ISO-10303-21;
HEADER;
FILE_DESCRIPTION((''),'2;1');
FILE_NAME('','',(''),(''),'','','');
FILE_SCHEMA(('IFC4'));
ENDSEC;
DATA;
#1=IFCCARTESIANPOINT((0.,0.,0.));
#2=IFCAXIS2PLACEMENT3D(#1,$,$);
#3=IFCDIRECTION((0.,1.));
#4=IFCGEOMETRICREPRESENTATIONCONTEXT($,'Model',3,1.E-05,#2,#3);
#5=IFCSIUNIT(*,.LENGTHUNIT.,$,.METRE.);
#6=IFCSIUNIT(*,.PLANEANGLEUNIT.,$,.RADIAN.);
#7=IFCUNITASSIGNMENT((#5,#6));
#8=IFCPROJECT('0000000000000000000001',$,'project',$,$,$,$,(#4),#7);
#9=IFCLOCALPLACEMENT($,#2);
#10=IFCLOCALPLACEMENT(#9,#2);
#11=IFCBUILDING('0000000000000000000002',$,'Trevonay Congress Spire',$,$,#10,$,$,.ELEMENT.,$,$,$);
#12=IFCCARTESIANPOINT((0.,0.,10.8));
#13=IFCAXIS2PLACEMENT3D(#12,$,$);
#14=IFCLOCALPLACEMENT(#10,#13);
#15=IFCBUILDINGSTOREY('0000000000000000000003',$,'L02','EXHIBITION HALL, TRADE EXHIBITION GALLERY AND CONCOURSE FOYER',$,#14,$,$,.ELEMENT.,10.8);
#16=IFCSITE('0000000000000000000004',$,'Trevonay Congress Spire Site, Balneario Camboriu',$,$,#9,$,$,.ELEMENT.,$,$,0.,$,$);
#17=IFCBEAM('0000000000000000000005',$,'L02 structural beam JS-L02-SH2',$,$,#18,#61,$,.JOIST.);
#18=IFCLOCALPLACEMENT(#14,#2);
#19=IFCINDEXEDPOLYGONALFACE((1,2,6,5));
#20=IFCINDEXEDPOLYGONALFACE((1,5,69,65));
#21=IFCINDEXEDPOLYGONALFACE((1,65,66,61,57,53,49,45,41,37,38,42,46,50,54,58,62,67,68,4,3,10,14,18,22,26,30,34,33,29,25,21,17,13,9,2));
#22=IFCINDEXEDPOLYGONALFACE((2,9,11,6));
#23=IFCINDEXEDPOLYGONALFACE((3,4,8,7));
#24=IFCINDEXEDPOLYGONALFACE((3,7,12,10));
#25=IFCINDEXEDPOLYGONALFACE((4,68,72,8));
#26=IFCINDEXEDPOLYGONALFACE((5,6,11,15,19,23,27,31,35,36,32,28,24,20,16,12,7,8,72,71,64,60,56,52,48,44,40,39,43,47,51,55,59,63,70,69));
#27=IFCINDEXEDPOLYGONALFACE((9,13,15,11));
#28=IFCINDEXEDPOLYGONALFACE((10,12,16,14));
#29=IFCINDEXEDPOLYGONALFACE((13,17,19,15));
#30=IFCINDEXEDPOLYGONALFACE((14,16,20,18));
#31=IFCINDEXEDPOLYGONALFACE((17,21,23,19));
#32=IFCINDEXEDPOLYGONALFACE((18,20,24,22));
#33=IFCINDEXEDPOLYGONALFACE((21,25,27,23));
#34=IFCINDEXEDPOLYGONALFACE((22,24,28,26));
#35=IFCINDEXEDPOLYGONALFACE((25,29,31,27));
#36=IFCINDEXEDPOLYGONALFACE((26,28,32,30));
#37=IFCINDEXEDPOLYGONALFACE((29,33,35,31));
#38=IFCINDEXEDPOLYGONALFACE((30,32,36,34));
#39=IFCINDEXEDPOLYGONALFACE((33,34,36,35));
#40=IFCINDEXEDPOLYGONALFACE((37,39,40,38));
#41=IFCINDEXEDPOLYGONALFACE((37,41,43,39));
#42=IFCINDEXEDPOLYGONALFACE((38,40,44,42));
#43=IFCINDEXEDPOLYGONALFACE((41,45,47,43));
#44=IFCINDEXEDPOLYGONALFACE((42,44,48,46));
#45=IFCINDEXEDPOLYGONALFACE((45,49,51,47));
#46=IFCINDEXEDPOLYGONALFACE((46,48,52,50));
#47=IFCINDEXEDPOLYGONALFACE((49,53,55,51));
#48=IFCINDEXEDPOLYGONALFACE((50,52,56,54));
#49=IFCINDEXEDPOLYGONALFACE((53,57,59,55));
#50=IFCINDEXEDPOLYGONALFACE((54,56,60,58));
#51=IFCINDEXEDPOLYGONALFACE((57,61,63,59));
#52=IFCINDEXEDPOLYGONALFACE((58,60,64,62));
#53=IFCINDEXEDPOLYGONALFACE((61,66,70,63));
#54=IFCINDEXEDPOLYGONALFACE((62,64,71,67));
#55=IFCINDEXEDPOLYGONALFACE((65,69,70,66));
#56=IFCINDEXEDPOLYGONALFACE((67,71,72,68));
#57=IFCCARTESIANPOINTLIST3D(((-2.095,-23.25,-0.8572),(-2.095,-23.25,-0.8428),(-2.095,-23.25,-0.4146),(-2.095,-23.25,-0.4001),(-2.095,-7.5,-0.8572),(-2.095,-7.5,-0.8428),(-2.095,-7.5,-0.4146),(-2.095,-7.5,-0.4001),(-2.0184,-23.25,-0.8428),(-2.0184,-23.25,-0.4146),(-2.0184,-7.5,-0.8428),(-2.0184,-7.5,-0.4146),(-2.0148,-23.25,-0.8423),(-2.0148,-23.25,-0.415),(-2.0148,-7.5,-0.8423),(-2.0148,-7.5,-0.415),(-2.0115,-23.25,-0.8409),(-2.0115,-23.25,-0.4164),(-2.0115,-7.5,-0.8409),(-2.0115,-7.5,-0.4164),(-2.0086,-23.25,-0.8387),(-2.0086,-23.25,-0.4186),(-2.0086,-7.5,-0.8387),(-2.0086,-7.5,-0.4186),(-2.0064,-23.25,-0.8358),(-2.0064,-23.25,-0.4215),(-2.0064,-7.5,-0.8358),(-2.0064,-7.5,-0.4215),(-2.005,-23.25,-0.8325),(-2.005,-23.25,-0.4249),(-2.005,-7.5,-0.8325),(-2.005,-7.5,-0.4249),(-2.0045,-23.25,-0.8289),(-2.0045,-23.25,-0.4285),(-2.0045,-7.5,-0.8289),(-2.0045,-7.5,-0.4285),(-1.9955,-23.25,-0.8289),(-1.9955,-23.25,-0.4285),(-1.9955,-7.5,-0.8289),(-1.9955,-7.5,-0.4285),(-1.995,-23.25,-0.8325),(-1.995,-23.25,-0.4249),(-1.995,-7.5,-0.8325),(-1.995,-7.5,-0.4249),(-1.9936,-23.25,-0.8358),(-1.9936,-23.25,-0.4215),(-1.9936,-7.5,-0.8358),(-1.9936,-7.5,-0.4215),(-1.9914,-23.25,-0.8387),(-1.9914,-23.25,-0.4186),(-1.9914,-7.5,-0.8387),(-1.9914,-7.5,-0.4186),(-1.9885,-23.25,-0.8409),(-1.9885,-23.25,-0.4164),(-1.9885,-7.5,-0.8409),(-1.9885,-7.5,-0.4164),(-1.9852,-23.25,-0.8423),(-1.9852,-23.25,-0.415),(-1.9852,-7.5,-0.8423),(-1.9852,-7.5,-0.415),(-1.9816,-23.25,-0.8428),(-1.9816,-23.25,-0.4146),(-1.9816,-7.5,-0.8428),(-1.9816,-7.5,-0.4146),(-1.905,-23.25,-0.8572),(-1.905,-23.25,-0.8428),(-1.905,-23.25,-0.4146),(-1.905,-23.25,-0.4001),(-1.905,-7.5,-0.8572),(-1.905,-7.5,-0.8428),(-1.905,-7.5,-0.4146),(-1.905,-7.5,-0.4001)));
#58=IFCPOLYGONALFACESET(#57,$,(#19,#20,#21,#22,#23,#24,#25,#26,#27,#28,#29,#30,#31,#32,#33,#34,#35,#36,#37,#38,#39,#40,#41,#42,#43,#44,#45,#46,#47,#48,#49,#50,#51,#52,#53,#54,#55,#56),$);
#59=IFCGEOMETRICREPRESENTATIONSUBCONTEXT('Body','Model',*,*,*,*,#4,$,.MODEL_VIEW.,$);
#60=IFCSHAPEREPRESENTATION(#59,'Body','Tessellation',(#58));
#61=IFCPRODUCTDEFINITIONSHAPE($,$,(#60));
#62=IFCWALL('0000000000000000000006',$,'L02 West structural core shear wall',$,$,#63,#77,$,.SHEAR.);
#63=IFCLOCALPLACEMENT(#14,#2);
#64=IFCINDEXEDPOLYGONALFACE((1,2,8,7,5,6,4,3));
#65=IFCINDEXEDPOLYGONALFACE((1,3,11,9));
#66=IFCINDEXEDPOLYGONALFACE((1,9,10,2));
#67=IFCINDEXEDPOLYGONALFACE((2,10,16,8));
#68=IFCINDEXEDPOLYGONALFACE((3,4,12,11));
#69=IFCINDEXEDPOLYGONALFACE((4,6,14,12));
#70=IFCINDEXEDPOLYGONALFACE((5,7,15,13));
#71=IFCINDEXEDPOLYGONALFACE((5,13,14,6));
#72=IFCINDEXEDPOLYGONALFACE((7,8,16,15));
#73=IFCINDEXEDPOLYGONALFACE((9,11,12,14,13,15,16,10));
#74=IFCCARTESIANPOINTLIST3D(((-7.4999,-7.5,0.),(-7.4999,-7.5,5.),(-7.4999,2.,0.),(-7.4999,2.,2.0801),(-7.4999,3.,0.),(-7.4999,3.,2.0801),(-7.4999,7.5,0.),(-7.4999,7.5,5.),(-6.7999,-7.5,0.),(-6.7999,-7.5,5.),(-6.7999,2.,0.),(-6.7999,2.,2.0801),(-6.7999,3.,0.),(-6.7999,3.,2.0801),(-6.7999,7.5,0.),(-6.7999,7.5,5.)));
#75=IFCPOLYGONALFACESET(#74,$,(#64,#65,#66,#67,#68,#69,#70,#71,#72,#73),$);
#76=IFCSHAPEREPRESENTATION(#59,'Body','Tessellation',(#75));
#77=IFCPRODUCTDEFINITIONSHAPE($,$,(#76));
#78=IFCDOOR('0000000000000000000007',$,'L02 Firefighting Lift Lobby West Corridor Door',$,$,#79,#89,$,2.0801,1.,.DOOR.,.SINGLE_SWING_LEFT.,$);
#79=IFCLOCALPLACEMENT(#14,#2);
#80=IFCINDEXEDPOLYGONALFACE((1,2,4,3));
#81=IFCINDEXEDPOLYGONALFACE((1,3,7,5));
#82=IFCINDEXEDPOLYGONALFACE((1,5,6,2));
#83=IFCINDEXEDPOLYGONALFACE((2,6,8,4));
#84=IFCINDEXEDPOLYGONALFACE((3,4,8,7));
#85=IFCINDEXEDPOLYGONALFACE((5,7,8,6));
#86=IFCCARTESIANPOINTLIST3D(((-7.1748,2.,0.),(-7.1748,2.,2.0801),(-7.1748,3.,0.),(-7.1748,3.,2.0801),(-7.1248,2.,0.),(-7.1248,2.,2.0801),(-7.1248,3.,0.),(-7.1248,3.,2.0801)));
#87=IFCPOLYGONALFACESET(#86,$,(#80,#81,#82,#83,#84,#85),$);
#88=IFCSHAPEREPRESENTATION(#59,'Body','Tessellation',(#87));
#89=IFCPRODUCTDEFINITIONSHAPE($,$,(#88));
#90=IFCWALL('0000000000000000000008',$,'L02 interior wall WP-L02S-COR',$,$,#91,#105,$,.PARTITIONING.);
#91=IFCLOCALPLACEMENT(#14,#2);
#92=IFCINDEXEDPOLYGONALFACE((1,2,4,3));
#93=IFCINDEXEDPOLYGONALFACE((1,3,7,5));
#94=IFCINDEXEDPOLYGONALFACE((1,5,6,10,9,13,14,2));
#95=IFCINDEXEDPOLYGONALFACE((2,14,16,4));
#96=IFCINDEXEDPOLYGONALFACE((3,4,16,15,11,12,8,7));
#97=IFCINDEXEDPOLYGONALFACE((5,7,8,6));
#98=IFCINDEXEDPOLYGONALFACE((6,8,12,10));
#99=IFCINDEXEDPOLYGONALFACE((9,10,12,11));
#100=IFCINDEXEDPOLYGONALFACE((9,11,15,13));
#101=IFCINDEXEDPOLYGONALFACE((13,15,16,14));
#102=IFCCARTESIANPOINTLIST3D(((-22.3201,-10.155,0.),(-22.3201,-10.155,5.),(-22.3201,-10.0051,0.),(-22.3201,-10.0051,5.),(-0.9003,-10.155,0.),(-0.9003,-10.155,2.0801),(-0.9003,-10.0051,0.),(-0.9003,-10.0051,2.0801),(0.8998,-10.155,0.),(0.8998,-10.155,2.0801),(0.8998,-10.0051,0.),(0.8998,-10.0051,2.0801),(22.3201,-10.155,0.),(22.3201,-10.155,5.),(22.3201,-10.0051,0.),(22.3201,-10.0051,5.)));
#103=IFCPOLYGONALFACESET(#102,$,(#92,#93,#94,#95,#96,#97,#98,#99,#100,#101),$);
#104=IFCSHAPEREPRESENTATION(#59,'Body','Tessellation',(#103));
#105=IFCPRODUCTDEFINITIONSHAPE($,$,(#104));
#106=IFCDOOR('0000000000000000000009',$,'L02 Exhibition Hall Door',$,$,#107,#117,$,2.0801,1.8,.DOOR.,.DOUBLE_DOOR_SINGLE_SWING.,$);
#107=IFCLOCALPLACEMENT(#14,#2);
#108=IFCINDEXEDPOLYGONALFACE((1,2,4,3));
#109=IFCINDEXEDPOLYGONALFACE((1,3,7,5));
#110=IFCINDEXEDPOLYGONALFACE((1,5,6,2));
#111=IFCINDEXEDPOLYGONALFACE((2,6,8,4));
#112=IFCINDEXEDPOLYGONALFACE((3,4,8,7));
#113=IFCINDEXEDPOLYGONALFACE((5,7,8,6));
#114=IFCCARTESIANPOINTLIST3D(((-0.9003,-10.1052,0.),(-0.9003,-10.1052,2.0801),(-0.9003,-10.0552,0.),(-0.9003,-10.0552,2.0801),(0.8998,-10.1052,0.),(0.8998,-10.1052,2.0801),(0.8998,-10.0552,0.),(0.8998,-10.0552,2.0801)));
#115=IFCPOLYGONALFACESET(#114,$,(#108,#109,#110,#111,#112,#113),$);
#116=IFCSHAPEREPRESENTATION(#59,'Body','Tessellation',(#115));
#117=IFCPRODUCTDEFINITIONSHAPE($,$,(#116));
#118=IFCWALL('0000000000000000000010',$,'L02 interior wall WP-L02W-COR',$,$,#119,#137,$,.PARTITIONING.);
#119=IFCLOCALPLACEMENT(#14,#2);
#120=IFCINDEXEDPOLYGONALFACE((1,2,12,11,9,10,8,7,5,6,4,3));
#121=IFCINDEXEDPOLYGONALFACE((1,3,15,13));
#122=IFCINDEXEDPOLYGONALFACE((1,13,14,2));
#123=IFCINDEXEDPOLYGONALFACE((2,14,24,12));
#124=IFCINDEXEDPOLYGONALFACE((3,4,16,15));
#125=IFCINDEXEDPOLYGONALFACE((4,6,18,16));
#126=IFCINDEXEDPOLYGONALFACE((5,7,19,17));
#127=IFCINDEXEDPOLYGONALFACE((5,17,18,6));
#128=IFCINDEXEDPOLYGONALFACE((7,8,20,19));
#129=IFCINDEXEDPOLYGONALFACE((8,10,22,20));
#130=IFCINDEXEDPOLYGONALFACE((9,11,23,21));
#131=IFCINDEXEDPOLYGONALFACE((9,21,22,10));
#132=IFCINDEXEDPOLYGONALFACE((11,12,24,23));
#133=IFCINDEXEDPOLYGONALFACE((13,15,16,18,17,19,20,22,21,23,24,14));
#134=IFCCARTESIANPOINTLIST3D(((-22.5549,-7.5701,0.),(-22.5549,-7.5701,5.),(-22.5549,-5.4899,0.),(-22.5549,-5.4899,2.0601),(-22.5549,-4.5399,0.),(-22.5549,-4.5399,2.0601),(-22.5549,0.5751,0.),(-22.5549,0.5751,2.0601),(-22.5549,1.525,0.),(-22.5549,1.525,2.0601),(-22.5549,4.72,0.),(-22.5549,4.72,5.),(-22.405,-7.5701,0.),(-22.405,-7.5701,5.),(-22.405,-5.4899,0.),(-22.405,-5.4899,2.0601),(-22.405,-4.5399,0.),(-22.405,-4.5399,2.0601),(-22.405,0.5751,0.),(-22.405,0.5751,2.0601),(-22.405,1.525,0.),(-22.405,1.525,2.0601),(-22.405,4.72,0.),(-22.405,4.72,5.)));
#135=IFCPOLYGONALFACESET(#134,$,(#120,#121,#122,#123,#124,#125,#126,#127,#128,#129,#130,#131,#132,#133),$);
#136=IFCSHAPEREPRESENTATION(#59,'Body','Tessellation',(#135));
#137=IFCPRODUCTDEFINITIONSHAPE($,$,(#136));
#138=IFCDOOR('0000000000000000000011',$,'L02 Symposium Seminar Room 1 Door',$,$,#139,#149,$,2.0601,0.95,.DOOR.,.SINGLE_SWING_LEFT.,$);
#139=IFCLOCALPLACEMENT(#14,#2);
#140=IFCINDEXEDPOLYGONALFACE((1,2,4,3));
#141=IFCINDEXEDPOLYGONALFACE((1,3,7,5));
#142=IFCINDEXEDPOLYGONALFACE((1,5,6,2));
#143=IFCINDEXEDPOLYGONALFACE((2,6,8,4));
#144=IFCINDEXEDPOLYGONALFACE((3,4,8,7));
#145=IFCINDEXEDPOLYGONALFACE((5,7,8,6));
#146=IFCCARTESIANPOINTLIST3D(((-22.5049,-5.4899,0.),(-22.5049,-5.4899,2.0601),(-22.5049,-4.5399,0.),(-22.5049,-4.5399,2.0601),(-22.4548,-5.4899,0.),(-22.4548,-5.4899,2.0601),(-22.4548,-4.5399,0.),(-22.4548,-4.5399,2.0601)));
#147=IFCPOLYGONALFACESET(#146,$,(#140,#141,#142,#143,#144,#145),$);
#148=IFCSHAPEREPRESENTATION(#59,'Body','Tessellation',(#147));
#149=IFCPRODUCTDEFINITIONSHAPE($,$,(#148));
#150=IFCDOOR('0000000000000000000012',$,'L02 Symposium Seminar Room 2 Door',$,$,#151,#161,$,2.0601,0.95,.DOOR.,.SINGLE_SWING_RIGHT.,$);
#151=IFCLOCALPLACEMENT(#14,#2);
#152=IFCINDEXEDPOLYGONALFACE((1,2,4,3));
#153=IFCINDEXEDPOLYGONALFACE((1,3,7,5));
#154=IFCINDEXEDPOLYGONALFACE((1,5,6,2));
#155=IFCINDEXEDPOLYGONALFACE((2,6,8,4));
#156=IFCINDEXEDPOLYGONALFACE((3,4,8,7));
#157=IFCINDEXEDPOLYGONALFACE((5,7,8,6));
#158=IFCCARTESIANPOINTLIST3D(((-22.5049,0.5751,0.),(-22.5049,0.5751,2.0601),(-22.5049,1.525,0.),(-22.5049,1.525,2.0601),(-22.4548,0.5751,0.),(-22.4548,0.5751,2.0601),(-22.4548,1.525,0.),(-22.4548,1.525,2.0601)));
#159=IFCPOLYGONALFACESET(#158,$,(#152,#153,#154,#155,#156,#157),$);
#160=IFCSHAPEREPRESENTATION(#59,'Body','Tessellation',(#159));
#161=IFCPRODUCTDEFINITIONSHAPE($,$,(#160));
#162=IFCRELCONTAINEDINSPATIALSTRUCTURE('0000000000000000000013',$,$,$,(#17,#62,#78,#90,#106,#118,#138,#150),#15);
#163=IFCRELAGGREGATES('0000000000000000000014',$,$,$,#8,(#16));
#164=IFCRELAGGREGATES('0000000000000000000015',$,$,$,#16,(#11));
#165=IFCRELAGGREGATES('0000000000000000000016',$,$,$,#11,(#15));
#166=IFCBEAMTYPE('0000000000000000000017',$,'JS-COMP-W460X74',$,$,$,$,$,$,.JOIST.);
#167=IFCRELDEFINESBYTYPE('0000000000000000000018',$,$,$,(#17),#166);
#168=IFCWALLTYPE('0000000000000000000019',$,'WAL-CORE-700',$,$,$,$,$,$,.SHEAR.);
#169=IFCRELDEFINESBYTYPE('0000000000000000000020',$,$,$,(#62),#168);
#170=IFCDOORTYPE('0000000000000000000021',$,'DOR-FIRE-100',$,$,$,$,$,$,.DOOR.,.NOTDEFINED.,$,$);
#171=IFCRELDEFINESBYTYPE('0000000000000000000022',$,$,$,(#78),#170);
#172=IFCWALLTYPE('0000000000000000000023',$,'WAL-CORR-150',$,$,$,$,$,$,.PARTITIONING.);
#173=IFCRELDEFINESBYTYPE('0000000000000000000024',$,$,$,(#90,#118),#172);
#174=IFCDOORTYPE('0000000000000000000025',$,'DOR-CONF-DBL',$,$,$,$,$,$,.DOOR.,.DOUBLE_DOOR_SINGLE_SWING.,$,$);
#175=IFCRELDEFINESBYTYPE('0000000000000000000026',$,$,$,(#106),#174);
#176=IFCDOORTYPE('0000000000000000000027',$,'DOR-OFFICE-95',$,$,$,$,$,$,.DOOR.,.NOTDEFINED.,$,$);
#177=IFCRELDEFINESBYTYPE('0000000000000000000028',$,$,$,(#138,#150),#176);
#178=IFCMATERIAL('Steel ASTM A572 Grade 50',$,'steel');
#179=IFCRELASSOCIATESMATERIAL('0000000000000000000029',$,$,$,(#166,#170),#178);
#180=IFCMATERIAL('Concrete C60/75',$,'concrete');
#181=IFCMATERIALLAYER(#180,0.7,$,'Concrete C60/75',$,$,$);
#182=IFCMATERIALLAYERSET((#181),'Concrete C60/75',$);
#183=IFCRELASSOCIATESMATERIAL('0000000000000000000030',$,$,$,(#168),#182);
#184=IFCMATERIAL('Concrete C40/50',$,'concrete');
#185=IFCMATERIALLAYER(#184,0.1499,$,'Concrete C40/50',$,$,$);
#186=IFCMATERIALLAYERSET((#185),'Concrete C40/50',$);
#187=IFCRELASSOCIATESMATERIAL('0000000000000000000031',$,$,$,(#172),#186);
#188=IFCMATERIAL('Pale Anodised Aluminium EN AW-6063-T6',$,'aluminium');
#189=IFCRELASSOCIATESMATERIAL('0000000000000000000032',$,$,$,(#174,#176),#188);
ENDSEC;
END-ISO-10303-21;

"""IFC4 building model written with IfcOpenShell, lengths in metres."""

from ifc_helpers import new_model, si_unit, direction, frame, frame_2d, origin, origin_2d, place, context, subcontext, project, spatial, rectangle, i_section, extrude, material, layer, layer_set, material_profile, profile_set, type_object, element, fill, save


model = new_model("IFC4")

# Units and contexts
model_context = context("Model", 3, precision=1e-05, world=origin(), true_north=direction((0.0, 1.0)))
body_context = subcontext(model_context, "Body", "Model", "MODEL_VIEW")
ifc_project = project(units=[si_unit("LENGTHUNIT", "METRE"), si_unit("PLANEANGLEUNIT", "RADIAN")], contexts=[model_context])

# Site, building, storey
site_placement = place(None, origin())
site = spatial("IfcSite", under=ifc_project, at=site_placement, Name="Trevonay Congress Spire Site, Balneario Camboriu", CompositionType="ELEMENT", RefElevation=0.0)
building_placement = place(site_placement, origin())
building = spatial("IfcBuilding", under=site, at=building_placement, Name="Trevonay Congress Spire", CompositionType="ELEMENT")
storey_placement = place(building_placement, frame((0.0, 0.0, 10.8)))
storey = spatial("IfcBuildingStorey", under=building, at=storey_placement, Name="L02", Description="EXHIBITION HALL, TRADE EXHIBITION GALLERY AND CONCOURSE FOYER", CompositionType="ELEMENT", Elevation=10.8)

# Shared definitions
ifc_material_1 = material(Name="Steel ASTM A572 Grade 50", Category="steel")

# Beam
ifc_material_profile_1 = material_profile(ifc_material_1, i_section(OverallWidth=0.1899, OverallDepth=0.457, WebThickness=0.009, FlangeThickness=0.0144, FilletRadius=0.0139, at=origin_2d()), Name="W460x74")
ifc_profile_set_1 = profile_set([ifc_material_profile_1], Name="Steel ASTM A572 Grade 50")
beam_type_1 = type_object("IfcBeamType", Name="JS-COMP-W460X74", PredefinedType="JOIST", material=ifc_profile_set_1)
for number, where, z_axis, x_axis, name in (
    (1, (-2.0, -23.25, -0.6287), (0.0, 1.0, 0.0), (-1.0, 0.0, 0.0), "L02 structural beam JS-L02-SH2"),
):
    element("IfcBeam", number, at=place(storey_placement, frame(where, z_axis=z_axis, x_axis=x_axis)), inside=storey, type_object=beam_type_1, Name=name, PredefinedType="JOIST", context=body_context, shape_type="SweptSolid", body=[
        extrude(i_section(OverallWidth=0.1899, OverallDepth=0.457, WebThickness=0.009, FlangeThickness=0.0144, FilletRadius=0.0139, at=origin_2d()), origin(), (0.0, 0.0, 1.0), 15.75),
    ])

# Walls, openings, doors
ifc_material_2 = material(Name="Concrete C60/75", Category="concrete")
ifc_layer_1 = layer(ifc_material_2, 0.7, Name="Concrete C60/75")
ifc_layer_set_1 = layer_set([ifc_layer_1], Name="Concrete C60/75")
wall_type_1 = type_object("IfcWallType", Name="WAL-CORE-700", PredefinedType="SHEAR", material=ifc_layer_set_1)
wall_1_placement = place(storey_placement, frame((-7.1499, -7.5, 0.0), z_axis=(0.0, 0.0, 1.0), x_axis=(0.0, 1.0, 0.0)))
wall_1 = element("IfcWall", 2, at=wall_1_placement, inside=storey, type_object=wall_type_1, Name="L02 West structural core shear wall", PredefinedType="SHEAR", context=body_context, shape_type="SweptSolid", body=[
    extrude(rectangle(XDim=15.0, YDim=0.7, at=frame_2d((7.5, 0.0))), origin(), (0.0, 0.0, 1.0), 5.0),
])
opening_1_placement = place(wall_1_placement, frame((9.5, 0.0, 0.0)))
opening_1 = element("IfcOpeningElement", 3, at=opening_1_placement, cuts=wall_1, PredefinedType="OPENING", context=body_context, shape_type="SweptSolid", body=[
    extrude(rectangle(XDim=1.0, YDim=2.0801, at=frame_2d((0.5, 1.04))), frame((0.0, 0.3599, 0.0), z_axis=(0.0, -1.0, 0.0), x_axis=(1.0, 0.0, 0.0)), (0.0, 0.0, 1.0), 0.72),
])
door_type_1 = type_object("IfcDoorType", Name="DOR-FIRE-100", OperationType="NOTDEFINED", PredefinedType="DOOR", material=ifc_material_1)
door_1_placement = place(opening_1_placement, origin())
door_1 = element("IfcDoor", 4, at=door_1_placement, inside=storey, type_object=door_type_1, Name="L02 Firefighting Lift Lobby West Corridor Door", OperationType="SINGLE_SWING_LEFT", OverallHeight=2.0801, OverallWidth=1.0, PredefinedType="DOOR", context=body_context, shape_type="SweptSolid", body=[
    extrude(rectangle(XDim=1.0, YDim=2.0801, at=frame_2d((0.5, 1.04))), frame((0.0, 0.0249, 0.0), z_axis=(0.0, -1.0, 0.0), x_axis=(1.0, 0.0, 0.0)), (0.0, 0.0, 1.0), 0.05),
])
fill(opening_1, door_1)
ifc_material_3 = material(Name="Concrete C40/50", Category="concrete")
ifc_layer_2 = layer(ifc_material_3, 0.1499, Name="Concrete C40/50")
ifc_layer_set_2 = layer_set([ifc_layer_2], Name="Concrete C40/50")
wall_type_2 = type_object("IfcWallType", Name="WAL-CORR-150", PredefinedType="PARTITIONING", material=ifc_layer_set_2)
wall_2_placement = place(storey_placement, frame((-22.3201, -10.0801, 0.0), z_axis=(0.0, 0.0, 1.0), x_axis=(1.0, 0.0, 0.0)))
wall_2 = element("IfcWall", 5, at=wall_2_placement, inside=storey, type_object=wall_type_2, Name="L02 interior wall WP-L02S-COR", PredefinedType="PARTITIONING", context=body_context, shape_type="SweptSolid", body=[
    extrude(rectangle(XDim=44.6401, YDim=0.1499, at=frame_2d((22.3201, 0.0))), origin(), (0.0, 0.0, 1.0), 5.0),
])
opening_2_placement = place(wall_2_placement, frame((21.4199, 0.0, 0.0)))
opening_2 = element("IfcOpeningElement", 6, at=opening_2_placement, cuts=wall_2, PredefinedType="OPENING", context=body_context, shape_type="SweptSolid", body=[
    extrude(rectangle(XDim=1.8, YDim=2.0801, at=frame_2d((0.8999, 1.04))), frame((0.0, 0.085, 0.0), z_axis=(0.0, -1.0, 0.0), x_axis=(1.0, 0.0, 0.0)), (0.0, 0.0, 1.0), 0.1699),
])
ifc_material_4 = material(Name="Pale Anodised Aluminium EN AW-6063-T6", Category="aluminium")
door_type_2 = type_object("IfcDoorType", Name="DOR-CONF-DBL", OperationType="DOUBLE_DOOR_SINGLE_SWING", PredefinedType="DOOR", material=ifc_material_4)
door_2_placement = place(opening_2_placement, origin())
door_2 = element("IfcDoor", 7, at=door_2_placement, inside=storey, type_object=door_type_2, Name="L02 Exhibition Hall Door", OperationType="DOUBLE_DOOR_SINGLE_SWING", OverallHeight=2.0801, OverallWidth=1.8, PredefinedType="DOOR", context=body_context, shape_type="SweptSolid", body=[
    extrude(rectangle(XDim=1.8, YDim=2.0801, at=frame_2d((0.8999, 1.04))), frame((0.0, 0.0249, 0.0), z_axis=(0.0, -1.0, 0.0), x_axis=(1.0, 0.0, 0.0)), (0.0, 0.0, 1.0), 0.05),
])
fill(opening_2, door_2)

# Wall, openings, doors
wall_3_placement = place(storey_placement, frame((-22.48, -7.5701, 0.0), z_axis=(0.0, 0.0, 1.0), x_axis=(0.0, 1.0, 0.0)))
wall_3 = element("IfcWall", 8, at=wall_3_placement, inside=storey, type_object=wall_type_2, Name="L02 interior wall WP-L02W-COR", PredefinedType="PARTITIONING", context=body_context, shape_type="SweptSolid", body=[
    extrude(rectangle(XDim=12.29, YDim=0.1499, at=frame_2d((6.145, 0.0))), origin(), (0.0, 0.0, 1.0), 5.0),
])
opening_3_placement = place(wall_3_placement, frame((2.0801, 0.0, 0.0)))
opening_3 = element("IfcOpeningElement", 9, at=opening_3_placement, cuts=wall_3, PredefinedType="OPENING", context=body_context, shape_type="SweptSolid", body=[
    extrude(rectangle(XDim=0.95, YDim=2.0601, at=frame_2d((0.4751, 1.03))), frame((0.0, 0.085, 0.0), z_axis=(0.0, -1.0, 0.0), x_axis=(1.0, 0.0, 0.0)), (0.0, 0.0, 1.0), 0.1699),
])
opening_4_placement = place(wall_3_placement, frame((8.145, 0.0, 0.0)))
opening_4 = element("IfcOpeningElement", 10, at=opening_4_placement, cuts=wall_3, PredefinedType="OPENING", context=body_context, shape_type="SweptSolid", body=[
    extrude(rectangle(XDim=0.95, YDim=2.0601, at=frame_2d((0.4751, 1.03))), frame((0.0, 0.085, 0.0), z_axis=(0.0, -1.0, 0.0), x_axis=(1.0, 0.0, 0.0)), (0.0, 0.0, 1.0), 0.1699),
])
door_type_3 = type_object("IfcDoorType", Name="DOR-OFFICE-95", OperationType="NOTDEFINED", PredefinedType="DOOR", material=ifc_material_4)
door_3_placement = place(opening_3_placement, origin())
door_3 = element("IfcDoor", 11, at=door_3_placement, inside=storey, type_object=door_type_3, Name="L02 Symposium Seminar Room 1 Door", OperationType="SINGLE_SWING_LEFT", OverallHeight=2.0601, OverallWidth=0.95, PredefinedType="DOOR", context=body_context, shape_type="SweptSolid", body=[
    extrude(rectangle(XDim=0.95, YDim=2.0601, at=frame_2d((0.4751, 1.03))), frame((0.0, 0.0249, 0.0), z_axis=(0.0, -1.0, 0.0), x_axis=(1.0, 0.0, 0.0)), (0.0, 0.0, 1.0), 0.05),
])
fill(opening_3, door_3)
door_4_placement = place(opening_4_placement, origin())
door_4 = element("IfcDoor", 12, at=door_4_placement, inside=storey, type_object=door_type_3, Name="L02 Symposium Seminar Room 2 Door", OperationType="SINGLE_SWING_RIGHT", OverallHeight=2.0601, OverallWidth=0.95, PredefinedType="DOOR", context=body_context, shape_type="SweptSolid", body=[
    extrude(rectangle(XDim=0.95, YDim=2.0601, at=frame_2d((0.4751, 1.03))), frame((0.0, 0.0249, 0.0), z_axis=(0.0, -1.0, 0.0), x_axis=(1.0, 0.0, 0.0)), (0.0, 0.0, 1.0), 0.05),
])
fill(opening_4, door_4)

save(model, "model.ifc")
